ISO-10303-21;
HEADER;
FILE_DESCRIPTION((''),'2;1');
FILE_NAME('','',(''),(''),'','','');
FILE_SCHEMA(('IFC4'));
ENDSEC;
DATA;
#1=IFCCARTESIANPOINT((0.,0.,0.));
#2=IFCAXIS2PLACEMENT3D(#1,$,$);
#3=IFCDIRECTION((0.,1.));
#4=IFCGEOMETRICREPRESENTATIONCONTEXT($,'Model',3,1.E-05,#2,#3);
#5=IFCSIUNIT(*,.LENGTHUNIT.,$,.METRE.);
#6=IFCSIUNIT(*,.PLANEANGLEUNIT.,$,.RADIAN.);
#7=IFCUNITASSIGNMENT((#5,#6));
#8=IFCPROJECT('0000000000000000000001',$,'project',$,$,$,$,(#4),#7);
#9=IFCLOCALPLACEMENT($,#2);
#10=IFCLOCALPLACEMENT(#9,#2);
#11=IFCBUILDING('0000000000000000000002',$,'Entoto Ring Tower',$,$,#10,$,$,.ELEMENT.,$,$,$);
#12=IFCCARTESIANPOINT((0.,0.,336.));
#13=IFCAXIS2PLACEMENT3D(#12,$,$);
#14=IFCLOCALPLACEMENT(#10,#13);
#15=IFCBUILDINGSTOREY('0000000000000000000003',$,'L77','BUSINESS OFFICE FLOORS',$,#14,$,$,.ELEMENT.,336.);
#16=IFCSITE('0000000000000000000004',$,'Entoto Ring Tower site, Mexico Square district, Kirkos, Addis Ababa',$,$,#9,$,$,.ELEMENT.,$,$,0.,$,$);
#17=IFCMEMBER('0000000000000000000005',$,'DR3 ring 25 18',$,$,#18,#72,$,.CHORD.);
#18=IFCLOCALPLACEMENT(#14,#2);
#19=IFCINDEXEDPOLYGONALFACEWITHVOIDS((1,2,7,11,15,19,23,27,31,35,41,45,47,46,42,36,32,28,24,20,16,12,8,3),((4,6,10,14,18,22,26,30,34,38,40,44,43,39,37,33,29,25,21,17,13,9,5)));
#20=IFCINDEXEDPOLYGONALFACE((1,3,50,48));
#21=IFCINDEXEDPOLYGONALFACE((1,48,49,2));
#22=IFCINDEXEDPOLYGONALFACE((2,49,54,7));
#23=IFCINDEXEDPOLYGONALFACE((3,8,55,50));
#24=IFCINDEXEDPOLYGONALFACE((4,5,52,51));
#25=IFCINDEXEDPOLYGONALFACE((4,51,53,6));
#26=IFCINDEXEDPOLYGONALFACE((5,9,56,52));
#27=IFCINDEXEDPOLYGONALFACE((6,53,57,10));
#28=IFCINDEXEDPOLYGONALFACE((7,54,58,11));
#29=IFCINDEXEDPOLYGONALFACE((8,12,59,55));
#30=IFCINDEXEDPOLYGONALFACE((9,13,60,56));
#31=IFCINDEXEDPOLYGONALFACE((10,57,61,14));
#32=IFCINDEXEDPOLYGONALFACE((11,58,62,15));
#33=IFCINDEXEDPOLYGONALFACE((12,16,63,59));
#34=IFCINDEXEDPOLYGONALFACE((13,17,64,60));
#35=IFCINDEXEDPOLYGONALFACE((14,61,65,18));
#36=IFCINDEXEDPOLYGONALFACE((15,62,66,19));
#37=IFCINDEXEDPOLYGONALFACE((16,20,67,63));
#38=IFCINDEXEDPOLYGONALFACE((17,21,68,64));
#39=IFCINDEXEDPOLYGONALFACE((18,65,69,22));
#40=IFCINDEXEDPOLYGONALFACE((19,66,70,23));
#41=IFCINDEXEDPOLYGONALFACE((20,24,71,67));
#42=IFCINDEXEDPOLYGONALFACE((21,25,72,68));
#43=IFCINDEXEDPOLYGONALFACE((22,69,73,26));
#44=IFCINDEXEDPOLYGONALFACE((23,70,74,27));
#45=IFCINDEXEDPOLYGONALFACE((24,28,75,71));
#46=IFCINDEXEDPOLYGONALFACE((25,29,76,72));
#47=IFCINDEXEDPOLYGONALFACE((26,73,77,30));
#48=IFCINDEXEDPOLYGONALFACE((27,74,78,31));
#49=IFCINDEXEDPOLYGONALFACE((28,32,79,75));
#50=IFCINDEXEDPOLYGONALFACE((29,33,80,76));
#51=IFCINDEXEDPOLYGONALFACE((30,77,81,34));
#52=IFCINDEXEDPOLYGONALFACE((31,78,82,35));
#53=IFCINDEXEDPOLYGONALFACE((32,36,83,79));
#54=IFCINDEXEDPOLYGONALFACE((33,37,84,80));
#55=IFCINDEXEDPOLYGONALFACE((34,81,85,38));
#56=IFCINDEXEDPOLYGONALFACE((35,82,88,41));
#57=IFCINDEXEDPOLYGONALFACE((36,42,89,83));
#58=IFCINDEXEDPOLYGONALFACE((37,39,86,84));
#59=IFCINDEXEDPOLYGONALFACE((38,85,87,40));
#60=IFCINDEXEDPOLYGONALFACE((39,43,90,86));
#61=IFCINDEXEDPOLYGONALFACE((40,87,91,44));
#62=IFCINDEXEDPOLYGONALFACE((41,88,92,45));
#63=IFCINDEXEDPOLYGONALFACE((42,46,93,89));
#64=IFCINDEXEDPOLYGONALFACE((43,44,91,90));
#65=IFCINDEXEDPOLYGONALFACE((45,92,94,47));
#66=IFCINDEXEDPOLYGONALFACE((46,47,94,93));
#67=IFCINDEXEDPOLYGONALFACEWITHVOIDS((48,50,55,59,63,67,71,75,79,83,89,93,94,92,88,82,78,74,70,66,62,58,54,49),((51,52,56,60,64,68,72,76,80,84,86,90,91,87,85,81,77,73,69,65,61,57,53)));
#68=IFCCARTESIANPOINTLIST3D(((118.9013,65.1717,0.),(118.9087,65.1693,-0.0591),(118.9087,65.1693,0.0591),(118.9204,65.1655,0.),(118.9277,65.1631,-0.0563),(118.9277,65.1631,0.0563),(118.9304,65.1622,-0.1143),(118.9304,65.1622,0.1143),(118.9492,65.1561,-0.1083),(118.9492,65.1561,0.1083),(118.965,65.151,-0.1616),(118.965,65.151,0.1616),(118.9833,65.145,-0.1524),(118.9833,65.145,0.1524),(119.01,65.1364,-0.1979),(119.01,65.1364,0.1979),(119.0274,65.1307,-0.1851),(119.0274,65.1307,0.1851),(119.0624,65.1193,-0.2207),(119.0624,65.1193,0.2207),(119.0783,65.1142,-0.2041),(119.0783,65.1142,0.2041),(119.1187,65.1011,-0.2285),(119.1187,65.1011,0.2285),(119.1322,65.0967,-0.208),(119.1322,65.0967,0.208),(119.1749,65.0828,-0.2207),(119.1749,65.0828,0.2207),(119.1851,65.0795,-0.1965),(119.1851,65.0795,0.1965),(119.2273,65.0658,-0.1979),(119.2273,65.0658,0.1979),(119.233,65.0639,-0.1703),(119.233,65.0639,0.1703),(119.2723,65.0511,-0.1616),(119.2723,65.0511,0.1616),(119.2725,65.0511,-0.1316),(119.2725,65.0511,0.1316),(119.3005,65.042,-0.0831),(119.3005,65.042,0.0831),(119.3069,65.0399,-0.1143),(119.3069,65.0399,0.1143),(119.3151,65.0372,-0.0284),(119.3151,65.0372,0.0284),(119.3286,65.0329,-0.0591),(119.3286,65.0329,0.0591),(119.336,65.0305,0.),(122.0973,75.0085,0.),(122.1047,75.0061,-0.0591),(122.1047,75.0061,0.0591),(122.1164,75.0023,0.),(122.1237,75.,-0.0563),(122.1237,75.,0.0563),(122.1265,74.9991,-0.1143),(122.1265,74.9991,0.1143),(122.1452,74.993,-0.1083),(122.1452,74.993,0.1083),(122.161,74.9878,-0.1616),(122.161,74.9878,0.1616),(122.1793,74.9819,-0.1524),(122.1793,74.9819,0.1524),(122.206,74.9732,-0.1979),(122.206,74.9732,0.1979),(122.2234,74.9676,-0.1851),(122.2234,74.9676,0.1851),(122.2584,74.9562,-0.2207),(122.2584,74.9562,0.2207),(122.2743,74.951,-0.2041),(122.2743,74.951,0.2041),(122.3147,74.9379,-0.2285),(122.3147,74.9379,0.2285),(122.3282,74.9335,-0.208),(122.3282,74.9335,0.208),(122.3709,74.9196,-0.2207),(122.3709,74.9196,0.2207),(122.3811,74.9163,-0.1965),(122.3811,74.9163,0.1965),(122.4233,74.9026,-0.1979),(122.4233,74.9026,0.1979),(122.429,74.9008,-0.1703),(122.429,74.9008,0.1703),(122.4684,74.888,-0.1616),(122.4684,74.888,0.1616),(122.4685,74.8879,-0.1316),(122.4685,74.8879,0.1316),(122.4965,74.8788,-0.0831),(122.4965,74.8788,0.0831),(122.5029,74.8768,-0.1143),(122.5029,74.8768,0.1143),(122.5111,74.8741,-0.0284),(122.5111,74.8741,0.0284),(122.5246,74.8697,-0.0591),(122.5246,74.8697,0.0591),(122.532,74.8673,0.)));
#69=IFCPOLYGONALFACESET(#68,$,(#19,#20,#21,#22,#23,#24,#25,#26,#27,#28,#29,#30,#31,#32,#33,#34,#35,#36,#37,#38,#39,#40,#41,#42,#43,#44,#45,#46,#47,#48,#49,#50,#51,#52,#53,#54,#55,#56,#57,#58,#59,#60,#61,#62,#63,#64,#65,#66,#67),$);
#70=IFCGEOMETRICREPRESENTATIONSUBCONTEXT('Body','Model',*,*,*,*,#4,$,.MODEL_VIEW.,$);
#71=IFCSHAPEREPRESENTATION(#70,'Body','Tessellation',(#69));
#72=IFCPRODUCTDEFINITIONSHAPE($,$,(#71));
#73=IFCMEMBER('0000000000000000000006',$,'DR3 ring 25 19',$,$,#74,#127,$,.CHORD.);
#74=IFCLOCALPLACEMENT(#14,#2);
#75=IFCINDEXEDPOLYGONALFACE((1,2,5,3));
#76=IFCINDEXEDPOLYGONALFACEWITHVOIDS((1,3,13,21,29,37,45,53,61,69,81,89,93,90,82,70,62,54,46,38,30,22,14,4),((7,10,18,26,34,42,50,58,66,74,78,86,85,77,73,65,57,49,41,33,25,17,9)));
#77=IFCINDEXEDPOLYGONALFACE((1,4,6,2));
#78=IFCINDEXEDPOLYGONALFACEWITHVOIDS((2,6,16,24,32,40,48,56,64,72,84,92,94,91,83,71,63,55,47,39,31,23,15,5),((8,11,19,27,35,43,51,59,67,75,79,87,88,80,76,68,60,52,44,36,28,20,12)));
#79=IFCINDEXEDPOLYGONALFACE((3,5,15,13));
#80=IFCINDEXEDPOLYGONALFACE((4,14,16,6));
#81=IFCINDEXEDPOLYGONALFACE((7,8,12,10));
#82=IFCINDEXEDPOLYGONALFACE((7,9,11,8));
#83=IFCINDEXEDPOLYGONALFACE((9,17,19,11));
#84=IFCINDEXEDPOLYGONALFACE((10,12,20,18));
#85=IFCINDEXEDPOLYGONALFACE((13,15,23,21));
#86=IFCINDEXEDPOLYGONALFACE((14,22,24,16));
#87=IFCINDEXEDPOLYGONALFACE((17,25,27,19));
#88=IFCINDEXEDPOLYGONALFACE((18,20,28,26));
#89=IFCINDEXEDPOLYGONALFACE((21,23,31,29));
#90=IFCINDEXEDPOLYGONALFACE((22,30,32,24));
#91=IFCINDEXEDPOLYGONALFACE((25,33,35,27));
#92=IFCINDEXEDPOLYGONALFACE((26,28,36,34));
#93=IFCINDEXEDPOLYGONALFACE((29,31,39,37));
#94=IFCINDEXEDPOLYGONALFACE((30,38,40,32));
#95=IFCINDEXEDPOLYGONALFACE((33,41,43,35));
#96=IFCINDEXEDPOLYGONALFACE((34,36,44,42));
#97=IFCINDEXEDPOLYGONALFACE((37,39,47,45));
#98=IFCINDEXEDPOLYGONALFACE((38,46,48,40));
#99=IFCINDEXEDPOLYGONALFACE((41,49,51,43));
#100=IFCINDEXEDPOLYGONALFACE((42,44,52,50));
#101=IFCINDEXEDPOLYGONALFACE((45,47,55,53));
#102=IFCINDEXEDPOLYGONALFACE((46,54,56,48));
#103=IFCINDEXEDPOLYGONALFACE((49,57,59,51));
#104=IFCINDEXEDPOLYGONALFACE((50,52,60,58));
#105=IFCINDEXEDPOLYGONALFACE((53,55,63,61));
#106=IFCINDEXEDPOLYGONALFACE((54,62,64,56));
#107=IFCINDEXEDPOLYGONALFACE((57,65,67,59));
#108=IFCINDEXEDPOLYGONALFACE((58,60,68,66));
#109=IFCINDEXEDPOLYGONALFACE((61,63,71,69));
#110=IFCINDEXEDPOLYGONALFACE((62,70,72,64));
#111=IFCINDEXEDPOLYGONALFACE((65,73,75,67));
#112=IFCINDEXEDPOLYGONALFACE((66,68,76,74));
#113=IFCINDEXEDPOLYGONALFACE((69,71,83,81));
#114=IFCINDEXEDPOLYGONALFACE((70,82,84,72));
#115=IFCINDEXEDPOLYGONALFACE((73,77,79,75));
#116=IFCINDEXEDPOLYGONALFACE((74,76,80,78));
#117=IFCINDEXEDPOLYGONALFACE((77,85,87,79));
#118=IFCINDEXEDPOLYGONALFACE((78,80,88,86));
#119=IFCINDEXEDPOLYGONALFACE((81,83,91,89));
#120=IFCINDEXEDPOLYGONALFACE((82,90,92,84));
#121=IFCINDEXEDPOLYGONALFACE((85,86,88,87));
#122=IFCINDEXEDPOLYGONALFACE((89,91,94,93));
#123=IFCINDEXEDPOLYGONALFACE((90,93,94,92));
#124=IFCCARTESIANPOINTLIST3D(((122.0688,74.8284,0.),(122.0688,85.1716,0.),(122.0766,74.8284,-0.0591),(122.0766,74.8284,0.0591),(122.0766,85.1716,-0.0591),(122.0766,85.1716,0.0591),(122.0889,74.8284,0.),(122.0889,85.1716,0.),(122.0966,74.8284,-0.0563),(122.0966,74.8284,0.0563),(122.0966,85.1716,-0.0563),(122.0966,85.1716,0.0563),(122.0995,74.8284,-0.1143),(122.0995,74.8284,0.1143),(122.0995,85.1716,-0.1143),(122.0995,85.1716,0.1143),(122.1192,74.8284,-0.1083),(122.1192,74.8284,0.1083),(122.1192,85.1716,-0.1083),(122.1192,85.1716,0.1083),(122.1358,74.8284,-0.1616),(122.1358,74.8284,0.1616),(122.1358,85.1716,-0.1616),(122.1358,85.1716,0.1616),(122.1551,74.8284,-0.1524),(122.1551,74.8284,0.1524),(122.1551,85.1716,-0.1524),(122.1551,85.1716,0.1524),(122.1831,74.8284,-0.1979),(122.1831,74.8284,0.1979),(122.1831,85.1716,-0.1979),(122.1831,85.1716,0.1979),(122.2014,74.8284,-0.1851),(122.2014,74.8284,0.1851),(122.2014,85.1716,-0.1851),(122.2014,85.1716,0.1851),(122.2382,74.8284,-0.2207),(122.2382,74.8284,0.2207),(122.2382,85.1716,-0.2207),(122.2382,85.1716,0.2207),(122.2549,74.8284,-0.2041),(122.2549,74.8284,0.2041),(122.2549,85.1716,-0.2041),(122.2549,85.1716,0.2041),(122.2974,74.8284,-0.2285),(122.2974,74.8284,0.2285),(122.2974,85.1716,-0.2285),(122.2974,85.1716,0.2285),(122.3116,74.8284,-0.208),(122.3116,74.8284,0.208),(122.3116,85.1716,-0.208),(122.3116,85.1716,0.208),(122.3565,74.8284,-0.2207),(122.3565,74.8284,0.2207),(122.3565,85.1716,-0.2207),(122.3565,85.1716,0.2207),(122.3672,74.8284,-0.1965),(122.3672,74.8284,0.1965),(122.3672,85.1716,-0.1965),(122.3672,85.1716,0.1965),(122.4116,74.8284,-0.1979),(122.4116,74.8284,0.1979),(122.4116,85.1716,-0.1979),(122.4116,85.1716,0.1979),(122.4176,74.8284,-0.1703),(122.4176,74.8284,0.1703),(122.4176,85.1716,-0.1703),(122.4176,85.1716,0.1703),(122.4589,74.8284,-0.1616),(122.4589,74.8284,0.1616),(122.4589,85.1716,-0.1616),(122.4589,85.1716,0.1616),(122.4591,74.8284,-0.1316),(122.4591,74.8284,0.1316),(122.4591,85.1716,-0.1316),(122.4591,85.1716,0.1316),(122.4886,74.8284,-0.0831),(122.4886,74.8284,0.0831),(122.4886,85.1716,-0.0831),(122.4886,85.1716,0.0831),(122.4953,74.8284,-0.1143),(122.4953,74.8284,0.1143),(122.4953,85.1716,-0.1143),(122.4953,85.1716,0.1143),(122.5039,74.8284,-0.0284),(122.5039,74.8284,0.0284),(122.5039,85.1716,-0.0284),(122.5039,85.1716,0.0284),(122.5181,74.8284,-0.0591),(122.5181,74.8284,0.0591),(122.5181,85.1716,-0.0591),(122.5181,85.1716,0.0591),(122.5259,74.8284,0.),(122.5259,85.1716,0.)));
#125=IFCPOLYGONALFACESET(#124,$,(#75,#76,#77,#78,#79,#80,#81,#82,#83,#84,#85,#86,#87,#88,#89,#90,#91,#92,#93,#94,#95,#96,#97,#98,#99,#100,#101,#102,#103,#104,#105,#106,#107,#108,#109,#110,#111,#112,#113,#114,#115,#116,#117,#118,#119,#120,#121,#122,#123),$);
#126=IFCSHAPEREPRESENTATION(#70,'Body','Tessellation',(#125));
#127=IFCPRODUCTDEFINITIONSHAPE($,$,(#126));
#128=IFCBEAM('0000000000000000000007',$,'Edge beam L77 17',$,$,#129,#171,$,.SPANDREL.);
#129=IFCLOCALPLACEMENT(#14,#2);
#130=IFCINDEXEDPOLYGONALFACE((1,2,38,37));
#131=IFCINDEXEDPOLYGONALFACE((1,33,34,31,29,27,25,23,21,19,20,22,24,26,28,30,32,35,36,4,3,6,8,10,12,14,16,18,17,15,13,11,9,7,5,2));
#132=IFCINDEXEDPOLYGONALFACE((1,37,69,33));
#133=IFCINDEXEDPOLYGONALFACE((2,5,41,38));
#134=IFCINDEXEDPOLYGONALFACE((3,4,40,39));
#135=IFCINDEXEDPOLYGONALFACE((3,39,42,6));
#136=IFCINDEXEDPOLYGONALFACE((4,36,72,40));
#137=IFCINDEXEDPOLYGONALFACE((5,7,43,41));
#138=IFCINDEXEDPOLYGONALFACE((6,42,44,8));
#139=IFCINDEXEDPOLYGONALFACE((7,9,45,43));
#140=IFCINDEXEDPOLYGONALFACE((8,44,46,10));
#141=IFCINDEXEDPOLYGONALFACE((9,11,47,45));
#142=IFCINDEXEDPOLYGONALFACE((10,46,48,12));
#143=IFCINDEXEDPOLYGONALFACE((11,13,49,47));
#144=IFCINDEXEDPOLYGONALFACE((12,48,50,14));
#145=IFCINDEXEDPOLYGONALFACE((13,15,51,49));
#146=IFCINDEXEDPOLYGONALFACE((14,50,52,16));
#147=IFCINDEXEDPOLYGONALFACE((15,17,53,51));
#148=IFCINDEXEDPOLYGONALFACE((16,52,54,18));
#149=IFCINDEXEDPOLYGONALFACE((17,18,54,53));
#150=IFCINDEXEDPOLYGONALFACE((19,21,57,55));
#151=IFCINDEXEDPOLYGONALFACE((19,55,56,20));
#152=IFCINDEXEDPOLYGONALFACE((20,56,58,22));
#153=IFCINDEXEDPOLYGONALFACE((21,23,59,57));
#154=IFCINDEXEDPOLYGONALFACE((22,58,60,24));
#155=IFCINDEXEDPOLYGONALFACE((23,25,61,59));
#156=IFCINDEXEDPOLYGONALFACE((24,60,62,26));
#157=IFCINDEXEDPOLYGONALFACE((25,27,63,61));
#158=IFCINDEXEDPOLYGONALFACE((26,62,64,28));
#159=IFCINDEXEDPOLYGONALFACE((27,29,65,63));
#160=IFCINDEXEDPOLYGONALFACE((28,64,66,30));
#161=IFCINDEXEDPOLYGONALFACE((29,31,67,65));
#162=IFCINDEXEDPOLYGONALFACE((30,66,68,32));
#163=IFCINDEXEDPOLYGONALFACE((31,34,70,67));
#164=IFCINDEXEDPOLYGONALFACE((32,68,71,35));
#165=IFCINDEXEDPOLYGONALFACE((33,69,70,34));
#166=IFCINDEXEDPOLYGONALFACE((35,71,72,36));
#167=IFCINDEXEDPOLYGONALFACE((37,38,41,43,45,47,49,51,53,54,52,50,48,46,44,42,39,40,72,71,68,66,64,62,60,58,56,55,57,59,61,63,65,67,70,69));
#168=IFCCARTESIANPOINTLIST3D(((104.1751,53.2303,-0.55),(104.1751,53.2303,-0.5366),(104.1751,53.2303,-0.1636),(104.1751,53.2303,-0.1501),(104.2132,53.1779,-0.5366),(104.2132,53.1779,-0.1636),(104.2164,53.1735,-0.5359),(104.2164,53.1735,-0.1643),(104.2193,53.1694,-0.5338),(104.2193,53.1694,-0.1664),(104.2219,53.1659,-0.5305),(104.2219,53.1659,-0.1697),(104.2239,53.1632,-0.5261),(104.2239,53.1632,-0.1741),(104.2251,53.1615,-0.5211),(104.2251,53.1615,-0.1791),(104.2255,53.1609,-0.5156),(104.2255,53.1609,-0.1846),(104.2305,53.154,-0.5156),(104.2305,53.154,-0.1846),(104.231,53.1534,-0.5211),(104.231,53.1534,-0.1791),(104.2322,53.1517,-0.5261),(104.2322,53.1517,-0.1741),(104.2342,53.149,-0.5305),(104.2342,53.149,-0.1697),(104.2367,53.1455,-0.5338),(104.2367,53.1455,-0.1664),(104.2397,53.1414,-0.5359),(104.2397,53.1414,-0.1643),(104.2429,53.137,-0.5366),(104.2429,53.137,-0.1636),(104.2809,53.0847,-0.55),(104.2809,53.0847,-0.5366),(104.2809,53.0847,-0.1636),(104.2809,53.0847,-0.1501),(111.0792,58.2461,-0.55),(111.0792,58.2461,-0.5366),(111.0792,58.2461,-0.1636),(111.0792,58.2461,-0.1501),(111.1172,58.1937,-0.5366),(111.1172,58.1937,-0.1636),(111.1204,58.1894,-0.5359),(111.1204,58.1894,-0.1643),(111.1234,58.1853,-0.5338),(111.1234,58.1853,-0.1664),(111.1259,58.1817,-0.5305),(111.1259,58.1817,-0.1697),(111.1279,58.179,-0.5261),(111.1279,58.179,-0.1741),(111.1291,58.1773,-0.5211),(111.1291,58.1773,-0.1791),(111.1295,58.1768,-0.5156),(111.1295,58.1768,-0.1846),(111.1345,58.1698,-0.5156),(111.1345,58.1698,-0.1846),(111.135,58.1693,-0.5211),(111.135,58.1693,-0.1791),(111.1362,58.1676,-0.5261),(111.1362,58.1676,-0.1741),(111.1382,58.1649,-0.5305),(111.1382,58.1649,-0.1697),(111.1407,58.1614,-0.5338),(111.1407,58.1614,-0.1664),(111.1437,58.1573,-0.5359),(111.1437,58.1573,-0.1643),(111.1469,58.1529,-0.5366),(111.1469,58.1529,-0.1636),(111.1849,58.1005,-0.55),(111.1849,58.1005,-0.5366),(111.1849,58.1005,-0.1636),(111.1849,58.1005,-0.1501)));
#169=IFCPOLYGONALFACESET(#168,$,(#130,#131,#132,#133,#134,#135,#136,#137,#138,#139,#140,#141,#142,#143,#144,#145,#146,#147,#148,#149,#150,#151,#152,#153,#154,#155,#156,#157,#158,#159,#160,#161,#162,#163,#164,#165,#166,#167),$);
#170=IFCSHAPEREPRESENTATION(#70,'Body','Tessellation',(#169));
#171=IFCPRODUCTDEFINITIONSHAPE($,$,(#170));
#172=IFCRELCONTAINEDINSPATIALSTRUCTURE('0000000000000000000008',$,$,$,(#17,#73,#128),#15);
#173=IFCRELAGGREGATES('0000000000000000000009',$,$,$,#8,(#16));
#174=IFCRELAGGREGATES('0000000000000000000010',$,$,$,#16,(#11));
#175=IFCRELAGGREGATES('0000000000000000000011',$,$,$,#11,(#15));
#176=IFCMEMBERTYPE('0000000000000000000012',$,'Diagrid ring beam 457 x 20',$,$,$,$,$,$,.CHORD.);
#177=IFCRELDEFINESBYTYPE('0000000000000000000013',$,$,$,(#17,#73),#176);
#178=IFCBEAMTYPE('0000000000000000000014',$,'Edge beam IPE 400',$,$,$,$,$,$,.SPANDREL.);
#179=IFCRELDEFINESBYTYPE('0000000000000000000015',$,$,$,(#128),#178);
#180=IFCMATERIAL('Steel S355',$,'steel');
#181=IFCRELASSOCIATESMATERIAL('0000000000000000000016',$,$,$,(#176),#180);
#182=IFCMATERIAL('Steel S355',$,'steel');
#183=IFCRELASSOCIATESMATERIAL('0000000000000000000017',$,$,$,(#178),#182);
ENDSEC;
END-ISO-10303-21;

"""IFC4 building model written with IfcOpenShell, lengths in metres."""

from ifc_helpers import new_model, si_unit, direction, frame, origin, origin_2d, place, context, subcontext, project, spatial, circle, hollow_circle, i_section, extrude, material, material_profile, profile_set, type_object, element, save


model = new_model("IFC4")

# Units and contexts
model_context = context("Model", 3, precision=1e-05, world=origin(), true_north=direction((0.0, 1.0)))
body_context = subcontext(model_context, "Body", "Model", "MODEL_VIEW")
ifc_project = project(units=[si_unit("LENGTHUNIT", "METRE"), si_unit("PLANEANGLEUNIT", "RADIAN")], contexts=[model_context])

# Site, building, storey
site_placement = place(None, origin())
site = spatial("IfcSite", under=ifc_project, at=site_placement, Name="Entoto Ring Tower site, Mexico Square district, Kirkos, Addis Ababa", CompositionType="ELEMENT", RefElevation=0.0)
building_placement = place(site_placement, origin())
building = spatial("IfcBuilding", under=site, at=building_placement, Name="Entoto Ring Tower", CompositionType="ELEMENT")
storey_placement = place(building_placement, frame((0.0, 0.0, 336.0)))
storey = spatial("IfcBuildingStorey", under=building, at=storey_placement, Name="L77", Description="BUSINESS OFFICE FLOORS", CompositionType="ELEMENT", Elevation=336.0)

# Members
ifc_material_1 = material(Name="Steel S355", Category="steel")
ifc_material_profile_1 = material_profile(ifc_material_1, hollow_circle(Radius=0.2285, WallThickness=0.02, at=origin_2d()), Name="CHS 457 x 20")
ifc_material_2 = material(Name="Concrete C60/75", Category="concrete")
ifc_material_profile_2 = material_profile(ifc_material_2, circle(Radius=0.2085, at=origin_2d()), Name="Concrete C60/75 infill")
ifc_profile_set_1 = profile_set([ifc_material_profile_1, ifc_material_profile_2], Name="Steel S355")
member_type_1 = type_object("IfcMemberType", Name="Diagrid ring beam 457 x 20", PredefinedType="CHORD", material=ifc_profile_set_1)
member_1_placement = place(storey_placement, frame((119.1187, 65.1011, 0.0), z_axis=(0.309003, 0.951061, 0.0), x_axis=(-0.951061, 0.309003, 0.0)))
element("IfcMember", 1, at=member_1_placement, inside=storey, type_object=member_type_1, Name="DR3 ring 25 18", PredefinedType="CHORD", context=body_context, shape_type="SweptSolid", body=[
    extrude(hollow_circle(Radius=0.2285, WallThickness=0.02, at=origin_2d()), origin(), (0.0, 0.0, 1.0), 10.343),
])
member_2_placement = place(storey_placement, frame((122.2974, 74.8284, 0.0), z_axis=(0.0, 1.0, 0.0), x_axis=(-1.0, 0.0, 0.0)))
element("IfcMember", 2, at=member_2_placement, inside=storey, type_object=member_type_1, Name="DR3 ring 25 19", PredefinedType="CHORD", context=body_context, shape_type="SweptSolid", body=[
    extrude(hollow_circle(Radius=0.2285, WallThickness=0.02, at=origin_2d()), origin(), (0.0, 0.0, 1.0), 10.3433),
])

# Beam
ifc_material_3 = material(Name="Steel S355", Category="steel")
ifc_material_profile_3 = material_profile(ifc_material_3, i_section(OverallWidth=0.1799, OverallDepth=0.3999, WebThickness=0.0085, FlangeThickness=0.0134, FilletRadius=0.021, at=origin_2d()), Name="IPE 400")
ifc_profile_set_2 = profile_set([ifc_material_profile_3], Name="Steel S355")
beam_type_1 = type_object("IfcBeamType", Name="Edge beam IPE 400", PredefinedType="SPANDREL", material=ifc_profile_set_2)
for number, where, z_axis, x_axis, name in (
    (3, (104.228, 53.1575, -0.3501), (0.809029, 0.587768, 0.0), (-0.587768, 0.809029, 0.0), "Edge beam L77 17"),
):
    element("IfcBeam", number, at=place(storey_placement, frame(where, z_axis=z_axis, x_axis=x_axis)), inside=storey, type_object=beam_type_1, Name=name, PredefinedType="SPANDREL", context=body_context, shape_type="SweptSolid", body=[
        extrude(i_section(OverallWidth=0.1799, OverallDepth=0.3999, WebThickness=0.0085, FlangeThickness=0.0134, FilletRadius=0.021, at=origin_2d()), origin(), (0.0, 0.0, 1.0), 8.5337),
    ])

save(model, "model.ifc")
